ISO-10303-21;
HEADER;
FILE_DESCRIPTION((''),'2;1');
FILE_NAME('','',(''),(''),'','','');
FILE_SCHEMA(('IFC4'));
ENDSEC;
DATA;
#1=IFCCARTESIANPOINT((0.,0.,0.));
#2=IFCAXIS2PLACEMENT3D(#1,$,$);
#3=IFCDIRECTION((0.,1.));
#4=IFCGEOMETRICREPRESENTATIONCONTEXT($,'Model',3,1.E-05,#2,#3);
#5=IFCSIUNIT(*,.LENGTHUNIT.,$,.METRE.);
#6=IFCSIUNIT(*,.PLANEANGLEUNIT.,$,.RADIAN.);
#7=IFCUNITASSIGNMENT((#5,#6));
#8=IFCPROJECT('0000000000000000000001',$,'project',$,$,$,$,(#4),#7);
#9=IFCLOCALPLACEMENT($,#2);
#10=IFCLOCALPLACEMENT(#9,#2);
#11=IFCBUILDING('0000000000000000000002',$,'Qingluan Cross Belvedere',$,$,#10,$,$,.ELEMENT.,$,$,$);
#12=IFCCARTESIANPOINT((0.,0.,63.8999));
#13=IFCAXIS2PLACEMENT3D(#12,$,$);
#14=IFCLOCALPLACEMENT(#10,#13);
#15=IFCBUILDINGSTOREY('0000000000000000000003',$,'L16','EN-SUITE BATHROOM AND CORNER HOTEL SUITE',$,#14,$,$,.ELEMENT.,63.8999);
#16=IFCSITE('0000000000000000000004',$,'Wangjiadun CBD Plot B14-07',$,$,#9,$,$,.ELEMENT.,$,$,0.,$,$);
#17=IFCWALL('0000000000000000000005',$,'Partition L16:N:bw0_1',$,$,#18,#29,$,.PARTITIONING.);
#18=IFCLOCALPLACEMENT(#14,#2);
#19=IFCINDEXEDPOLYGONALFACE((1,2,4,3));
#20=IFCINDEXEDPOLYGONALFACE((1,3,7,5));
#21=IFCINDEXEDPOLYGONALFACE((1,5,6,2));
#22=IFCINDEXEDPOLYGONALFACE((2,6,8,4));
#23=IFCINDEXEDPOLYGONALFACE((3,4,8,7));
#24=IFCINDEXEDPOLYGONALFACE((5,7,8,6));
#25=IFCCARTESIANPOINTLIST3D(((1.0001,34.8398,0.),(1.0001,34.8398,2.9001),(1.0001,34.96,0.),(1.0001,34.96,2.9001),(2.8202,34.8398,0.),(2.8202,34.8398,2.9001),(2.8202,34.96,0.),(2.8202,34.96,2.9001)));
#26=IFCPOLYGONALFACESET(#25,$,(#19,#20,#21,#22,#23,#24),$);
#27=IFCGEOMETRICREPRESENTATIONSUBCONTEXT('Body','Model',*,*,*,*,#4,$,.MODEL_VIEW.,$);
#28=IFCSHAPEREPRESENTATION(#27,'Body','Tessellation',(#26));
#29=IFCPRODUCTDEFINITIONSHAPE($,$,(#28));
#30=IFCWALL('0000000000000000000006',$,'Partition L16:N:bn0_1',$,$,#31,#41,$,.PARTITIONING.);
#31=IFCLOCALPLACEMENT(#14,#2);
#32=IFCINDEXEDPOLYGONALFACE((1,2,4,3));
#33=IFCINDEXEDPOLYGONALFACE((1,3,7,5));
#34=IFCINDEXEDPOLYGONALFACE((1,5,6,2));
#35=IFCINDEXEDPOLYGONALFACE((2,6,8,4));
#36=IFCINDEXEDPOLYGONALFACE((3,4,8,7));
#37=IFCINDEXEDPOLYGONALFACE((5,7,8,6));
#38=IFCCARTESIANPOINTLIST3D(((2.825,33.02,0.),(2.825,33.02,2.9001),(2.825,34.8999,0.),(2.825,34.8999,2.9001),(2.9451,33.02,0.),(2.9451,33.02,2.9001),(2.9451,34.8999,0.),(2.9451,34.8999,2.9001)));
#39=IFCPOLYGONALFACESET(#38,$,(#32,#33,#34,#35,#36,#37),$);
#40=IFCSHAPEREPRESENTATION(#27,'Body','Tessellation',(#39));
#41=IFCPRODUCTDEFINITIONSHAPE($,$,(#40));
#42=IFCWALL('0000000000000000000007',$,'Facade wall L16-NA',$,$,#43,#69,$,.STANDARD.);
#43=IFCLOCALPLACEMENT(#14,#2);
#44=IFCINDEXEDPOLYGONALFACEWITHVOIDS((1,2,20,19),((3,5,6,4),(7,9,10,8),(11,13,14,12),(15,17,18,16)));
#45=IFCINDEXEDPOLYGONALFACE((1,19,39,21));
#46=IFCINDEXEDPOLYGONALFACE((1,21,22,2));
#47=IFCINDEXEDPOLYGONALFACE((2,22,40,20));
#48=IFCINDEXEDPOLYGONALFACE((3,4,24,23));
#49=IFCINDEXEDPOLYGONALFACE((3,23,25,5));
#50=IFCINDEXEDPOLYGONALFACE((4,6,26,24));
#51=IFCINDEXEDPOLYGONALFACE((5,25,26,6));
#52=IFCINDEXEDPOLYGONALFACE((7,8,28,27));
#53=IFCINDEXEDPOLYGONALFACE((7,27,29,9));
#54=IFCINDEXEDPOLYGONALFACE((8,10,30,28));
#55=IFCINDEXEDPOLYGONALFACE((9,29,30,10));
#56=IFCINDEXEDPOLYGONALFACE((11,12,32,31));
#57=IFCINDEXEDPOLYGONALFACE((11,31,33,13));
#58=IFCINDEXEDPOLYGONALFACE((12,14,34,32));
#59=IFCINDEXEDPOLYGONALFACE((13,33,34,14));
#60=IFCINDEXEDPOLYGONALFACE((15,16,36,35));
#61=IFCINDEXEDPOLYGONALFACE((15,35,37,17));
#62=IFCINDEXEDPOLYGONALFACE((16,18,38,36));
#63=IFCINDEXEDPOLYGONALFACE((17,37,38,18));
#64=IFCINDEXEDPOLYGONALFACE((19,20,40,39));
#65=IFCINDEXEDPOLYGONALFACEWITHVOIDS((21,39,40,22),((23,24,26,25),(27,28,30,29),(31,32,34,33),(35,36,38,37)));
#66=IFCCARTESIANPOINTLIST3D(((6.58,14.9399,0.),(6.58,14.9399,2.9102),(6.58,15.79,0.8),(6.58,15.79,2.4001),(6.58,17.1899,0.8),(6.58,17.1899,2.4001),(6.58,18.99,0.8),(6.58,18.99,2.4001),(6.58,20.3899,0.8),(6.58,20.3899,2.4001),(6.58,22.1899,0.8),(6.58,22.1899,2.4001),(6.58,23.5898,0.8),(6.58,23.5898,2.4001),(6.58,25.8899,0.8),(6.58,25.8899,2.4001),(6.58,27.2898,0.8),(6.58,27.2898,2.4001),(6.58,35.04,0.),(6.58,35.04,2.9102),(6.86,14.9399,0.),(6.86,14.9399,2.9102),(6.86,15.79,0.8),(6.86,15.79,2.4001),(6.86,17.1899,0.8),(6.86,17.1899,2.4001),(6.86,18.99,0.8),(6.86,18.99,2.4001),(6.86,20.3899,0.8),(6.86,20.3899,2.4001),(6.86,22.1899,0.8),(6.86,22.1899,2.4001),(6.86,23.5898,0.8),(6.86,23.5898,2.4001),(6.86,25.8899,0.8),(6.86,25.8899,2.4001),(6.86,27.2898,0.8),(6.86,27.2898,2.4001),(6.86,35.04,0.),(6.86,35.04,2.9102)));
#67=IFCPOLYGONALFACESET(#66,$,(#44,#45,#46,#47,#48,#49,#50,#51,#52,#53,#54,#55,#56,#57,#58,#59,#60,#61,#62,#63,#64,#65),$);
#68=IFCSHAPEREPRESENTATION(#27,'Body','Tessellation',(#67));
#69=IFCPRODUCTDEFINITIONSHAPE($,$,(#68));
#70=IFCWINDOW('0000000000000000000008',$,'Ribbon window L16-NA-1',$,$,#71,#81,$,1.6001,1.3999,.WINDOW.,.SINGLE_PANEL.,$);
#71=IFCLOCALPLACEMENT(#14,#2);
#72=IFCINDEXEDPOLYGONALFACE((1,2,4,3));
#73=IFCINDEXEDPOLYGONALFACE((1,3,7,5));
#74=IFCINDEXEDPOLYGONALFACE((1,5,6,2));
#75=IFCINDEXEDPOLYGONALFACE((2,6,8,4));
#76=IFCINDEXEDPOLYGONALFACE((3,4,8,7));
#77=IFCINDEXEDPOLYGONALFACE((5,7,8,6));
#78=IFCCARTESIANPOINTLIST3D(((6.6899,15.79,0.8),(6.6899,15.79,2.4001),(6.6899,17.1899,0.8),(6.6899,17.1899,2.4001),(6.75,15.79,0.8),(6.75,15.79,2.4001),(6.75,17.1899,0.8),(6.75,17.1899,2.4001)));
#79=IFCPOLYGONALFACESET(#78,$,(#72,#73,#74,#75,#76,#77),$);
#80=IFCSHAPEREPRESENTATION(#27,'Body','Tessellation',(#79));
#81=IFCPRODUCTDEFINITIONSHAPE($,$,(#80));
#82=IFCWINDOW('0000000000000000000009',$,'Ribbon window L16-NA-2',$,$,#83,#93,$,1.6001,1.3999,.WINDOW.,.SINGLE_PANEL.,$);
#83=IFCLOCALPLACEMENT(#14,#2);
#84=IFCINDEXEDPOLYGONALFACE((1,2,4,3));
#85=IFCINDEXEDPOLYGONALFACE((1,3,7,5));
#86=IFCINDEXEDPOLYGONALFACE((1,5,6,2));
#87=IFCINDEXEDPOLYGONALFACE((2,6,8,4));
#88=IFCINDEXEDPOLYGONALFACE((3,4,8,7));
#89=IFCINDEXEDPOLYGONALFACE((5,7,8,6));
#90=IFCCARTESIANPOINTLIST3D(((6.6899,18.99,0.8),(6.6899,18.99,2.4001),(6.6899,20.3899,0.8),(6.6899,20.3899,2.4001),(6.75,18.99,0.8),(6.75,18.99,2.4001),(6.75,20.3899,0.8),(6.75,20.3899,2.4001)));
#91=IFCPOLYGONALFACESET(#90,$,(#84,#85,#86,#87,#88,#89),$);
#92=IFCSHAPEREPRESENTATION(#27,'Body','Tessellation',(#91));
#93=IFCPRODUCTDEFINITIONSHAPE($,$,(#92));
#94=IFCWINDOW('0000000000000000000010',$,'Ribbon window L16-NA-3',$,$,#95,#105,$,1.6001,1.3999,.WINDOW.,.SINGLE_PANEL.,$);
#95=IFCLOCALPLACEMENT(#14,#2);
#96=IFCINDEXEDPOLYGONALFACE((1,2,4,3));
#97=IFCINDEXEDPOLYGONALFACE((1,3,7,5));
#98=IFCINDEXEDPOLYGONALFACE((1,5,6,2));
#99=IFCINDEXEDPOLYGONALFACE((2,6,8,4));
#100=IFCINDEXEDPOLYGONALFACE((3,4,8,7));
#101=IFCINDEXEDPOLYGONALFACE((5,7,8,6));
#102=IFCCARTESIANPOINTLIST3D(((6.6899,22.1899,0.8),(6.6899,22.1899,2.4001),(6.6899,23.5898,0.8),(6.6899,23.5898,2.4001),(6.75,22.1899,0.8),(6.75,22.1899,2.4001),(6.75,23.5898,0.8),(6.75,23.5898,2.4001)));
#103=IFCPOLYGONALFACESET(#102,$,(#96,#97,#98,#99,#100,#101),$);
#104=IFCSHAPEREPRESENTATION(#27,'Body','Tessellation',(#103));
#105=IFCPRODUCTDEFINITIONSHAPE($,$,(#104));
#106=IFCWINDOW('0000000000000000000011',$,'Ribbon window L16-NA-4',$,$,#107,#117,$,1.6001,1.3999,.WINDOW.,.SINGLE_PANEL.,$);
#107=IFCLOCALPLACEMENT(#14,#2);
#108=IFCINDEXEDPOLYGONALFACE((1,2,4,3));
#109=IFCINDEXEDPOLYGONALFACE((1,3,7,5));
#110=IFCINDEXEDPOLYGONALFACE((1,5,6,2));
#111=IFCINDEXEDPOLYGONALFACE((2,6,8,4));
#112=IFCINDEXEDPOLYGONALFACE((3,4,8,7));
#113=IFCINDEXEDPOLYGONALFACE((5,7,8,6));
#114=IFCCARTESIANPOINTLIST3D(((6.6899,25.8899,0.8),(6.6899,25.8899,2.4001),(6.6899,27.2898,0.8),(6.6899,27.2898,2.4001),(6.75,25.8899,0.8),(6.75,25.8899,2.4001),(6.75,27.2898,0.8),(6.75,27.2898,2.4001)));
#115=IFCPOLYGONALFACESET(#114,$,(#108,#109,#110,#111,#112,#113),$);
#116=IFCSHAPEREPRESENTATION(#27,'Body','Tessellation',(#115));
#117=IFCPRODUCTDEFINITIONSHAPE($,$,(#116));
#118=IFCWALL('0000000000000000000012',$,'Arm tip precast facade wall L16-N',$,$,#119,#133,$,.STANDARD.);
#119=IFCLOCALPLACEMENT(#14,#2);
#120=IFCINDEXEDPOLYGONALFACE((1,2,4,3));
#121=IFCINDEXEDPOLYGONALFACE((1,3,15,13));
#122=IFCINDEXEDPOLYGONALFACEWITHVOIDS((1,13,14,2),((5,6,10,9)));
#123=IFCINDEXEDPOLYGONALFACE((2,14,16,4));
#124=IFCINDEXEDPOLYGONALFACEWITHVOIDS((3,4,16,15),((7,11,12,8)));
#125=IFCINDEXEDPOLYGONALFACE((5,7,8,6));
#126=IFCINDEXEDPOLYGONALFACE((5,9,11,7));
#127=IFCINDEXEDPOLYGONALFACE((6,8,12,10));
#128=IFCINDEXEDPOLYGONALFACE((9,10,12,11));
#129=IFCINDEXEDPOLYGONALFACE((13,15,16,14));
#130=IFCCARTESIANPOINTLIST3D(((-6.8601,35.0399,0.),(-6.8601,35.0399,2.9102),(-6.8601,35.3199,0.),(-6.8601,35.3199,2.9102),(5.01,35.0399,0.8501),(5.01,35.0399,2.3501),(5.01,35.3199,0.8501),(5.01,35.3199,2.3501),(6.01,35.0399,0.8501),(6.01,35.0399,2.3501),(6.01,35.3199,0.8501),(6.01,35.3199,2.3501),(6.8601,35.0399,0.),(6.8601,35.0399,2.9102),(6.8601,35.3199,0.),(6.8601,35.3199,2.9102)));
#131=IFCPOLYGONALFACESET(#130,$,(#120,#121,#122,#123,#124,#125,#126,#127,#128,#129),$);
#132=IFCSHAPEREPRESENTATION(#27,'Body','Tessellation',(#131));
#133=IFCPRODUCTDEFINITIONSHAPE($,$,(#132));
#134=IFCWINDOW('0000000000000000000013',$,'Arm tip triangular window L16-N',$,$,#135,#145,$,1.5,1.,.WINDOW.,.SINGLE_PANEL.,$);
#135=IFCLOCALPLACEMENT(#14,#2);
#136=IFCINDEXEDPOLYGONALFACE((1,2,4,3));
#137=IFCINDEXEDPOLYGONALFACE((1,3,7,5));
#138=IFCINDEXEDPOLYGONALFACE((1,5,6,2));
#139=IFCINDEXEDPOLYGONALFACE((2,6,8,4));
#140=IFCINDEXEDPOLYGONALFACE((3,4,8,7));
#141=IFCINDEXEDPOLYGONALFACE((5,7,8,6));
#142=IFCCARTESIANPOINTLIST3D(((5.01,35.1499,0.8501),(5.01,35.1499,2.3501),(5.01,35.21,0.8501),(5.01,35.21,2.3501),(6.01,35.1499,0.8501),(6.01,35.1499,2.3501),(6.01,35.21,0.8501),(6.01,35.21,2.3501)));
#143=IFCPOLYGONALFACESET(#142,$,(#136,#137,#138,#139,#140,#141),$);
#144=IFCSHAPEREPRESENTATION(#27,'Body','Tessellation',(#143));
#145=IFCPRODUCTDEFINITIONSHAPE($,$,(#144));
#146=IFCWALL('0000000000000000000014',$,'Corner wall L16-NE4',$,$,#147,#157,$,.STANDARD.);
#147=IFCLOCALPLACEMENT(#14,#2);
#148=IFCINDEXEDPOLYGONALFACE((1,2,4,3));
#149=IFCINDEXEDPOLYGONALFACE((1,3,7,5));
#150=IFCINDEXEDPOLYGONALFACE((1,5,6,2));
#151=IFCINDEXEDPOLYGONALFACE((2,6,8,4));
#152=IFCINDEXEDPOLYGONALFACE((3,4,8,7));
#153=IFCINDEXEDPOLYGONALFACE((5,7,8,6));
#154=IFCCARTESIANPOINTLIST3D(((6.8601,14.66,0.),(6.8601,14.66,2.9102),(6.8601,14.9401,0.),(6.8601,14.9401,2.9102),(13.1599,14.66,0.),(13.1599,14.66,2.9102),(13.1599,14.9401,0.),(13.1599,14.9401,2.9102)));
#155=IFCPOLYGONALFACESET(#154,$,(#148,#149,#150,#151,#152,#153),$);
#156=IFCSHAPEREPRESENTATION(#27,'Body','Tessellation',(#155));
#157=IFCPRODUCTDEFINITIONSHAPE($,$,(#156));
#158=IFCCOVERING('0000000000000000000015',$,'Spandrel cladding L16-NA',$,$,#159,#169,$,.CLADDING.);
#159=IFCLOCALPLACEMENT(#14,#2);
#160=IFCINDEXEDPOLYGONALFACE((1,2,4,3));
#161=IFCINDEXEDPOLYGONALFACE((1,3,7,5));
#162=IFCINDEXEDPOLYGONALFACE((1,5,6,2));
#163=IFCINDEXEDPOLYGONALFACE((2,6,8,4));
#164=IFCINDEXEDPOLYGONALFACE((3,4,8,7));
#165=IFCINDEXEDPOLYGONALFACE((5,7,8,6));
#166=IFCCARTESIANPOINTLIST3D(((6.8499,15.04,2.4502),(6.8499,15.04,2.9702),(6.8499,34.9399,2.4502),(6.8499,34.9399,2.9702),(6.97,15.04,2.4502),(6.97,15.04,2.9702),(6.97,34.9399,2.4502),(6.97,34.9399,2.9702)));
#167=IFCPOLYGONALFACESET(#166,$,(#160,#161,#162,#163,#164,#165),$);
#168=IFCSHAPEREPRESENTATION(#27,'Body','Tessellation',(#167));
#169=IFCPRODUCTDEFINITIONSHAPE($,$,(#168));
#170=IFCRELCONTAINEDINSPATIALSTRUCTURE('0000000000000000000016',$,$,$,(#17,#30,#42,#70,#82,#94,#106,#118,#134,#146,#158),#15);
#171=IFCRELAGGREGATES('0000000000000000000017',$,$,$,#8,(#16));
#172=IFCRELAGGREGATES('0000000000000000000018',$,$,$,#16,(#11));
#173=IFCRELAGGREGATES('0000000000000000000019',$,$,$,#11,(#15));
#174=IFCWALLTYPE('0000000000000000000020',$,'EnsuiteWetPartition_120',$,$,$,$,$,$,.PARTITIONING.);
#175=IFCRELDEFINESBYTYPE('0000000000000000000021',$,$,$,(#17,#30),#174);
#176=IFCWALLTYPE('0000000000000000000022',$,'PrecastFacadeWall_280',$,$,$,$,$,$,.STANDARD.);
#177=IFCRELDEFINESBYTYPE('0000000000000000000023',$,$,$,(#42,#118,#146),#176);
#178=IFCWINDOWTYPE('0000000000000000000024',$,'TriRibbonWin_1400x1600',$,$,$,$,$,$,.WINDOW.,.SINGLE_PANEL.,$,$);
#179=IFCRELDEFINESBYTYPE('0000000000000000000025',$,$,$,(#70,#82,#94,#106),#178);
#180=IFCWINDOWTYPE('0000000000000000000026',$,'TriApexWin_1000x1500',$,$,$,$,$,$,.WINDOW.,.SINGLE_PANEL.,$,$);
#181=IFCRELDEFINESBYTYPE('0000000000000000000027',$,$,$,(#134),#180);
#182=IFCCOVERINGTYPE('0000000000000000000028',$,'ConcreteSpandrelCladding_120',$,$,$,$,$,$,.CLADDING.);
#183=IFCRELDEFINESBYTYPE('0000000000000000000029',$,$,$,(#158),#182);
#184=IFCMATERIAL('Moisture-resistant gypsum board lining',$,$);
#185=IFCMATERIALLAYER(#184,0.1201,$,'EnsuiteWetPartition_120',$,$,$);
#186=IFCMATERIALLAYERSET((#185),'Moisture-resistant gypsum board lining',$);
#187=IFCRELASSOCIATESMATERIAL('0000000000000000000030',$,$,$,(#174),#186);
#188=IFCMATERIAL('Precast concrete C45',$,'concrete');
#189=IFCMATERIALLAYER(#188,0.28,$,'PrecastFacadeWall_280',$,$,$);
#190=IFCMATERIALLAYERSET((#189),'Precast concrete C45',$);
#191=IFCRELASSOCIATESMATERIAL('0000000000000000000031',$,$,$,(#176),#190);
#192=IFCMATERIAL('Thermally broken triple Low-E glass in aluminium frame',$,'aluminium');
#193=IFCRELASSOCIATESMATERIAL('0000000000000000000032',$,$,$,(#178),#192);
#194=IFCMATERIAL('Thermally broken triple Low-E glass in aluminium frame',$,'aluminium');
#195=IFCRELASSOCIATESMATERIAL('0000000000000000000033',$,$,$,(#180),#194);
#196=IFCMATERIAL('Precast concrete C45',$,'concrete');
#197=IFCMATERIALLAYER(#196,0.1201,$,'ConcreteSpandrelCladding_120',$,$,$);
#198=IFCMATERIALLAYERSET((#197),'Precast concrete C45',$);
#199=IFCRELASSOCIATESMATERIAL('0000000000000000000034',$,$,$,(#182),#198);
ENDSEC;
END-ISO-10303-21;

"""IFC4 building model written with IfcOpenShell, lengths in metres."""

from ifc_helpers import new_model, si_unit, direction, frame, frame_2d, origin, origin_2d, place, context, subcontext, project, spatial, rectangle, extrude, material, layer, layer_set, type_object, element, fill, save


model = new_model("IFC4")

# Units and contexts
model_context = context("Model", 3, precision=1e-05, world=origin(), true_north=direction((0.0, 1.0)))
body_context = subcontext(model_context, "Body", "Model", "MODEL_VIEW")
ifc_project = project(units=[si_unit("LENGTHUNIT", "METRE"), si_unit("PLANEANGLEUNIT", "RADIAN")], contexts=[model_context])

# Site, building, storey
site_placement = place(None, origin())
site = spatial("IfcSite", under=ifc_project, at=site_placement, Name="Wangjiadun CBD Plot B14-07", CompositionType="ELEMENT", RefElevation=0.0)
building_placement = place(site_placement, origin())
building = spatial("IfcBuilding", under=site, at=building_placement, Name="Qingluan Cross Belvedere", CompositionType="ELEMENT")
storey_placement = place(building_placement, frame((0.0, 0.0, 63.8999)))
storey = spatial("IfcBuildingStorey", under=building, at=storey_placement, Name="L16", Description="EN-SUITE BATHROOM AND CORNER HOTEL SUITE", CompositionType="ELEMENT", Elevation=63.8999)

# Shared definitions
ifc_material_1 = material(Name="Moisture-resistant gypsum board lining")
ifc_layer_1 = layer(ifc_material_1, 0.1201, Name="EnsuiteWetPartition_120")
ifc_layer_set_1 = layer_set([ifc_layer_1], Name="Moisture-resistant gypsum board lining")
wall_type_1 = type_object("IfcWallType", Name="EnsuiteWetPartition_120", PredefinedType="PARTITIONING", material=ifc_layer_set_1)

# Walls
wall_1_placement = place(storey_placement, frame((1.0, 34.8999, 0.0), z_axis=(0.0, 0.0, 1.0), x_axis=(1.0, 0.0, 0.0)))
element("IfcWall", 1, at=wall_1_placement, inside=storey, type_object=wall_type_1, Name="Partition L16:N:bw0_1", PredefinedType="PARTITIONING", context=body_context, shape_type="SweptSolid", body=[
    extrude(rectangle(XDim=1.8201, YDim=0.1201, at=frame_2d((0.9102, 0.0))), origin(), (0.0, 0.0, 1.0), 2.9001),
])
wall_2_placement = place(storey_placement, frame((2.885, 33.02, 0.0), z_axis=(0.0, 0.0, 1.0), x_axis=(0.0, 1.0, 0.0)))
element("IfcWall", 2, at=wall_2_placement, inside=storey, type_object=wall_type_1, Name="Partition L16:N:bn0_1", PredefinedType="PARTITIONING", context=body_context, shape_type="SweptSolid", body=[
    extrude(rectangle(XDim=1.8799, YDim=0.1201, at=frame_2d((0.9399, 0.0))), origin(), (0.0, 0.0, 1.0), 2.9001),
])

# Wall, openings, windows
ifc_material_2 = material(Name="Precast concrete C45", Category="concrete")
ifc_layer_2 = layer(ifc_material_2, 0.28, Name="PrecastFacadeWall_280")
ifc_layer_set_2 = layer_set([ifc_layer_2], Name="Precast concrete C45")
wall_type_2 = type_object("IfcWallType", Name="PrecastFacadeWall_280", PredefinedType="STANDARD", material=ifc_layer_set_2)
wall_3_placement = place(storey_placement, frame((6.72, 14.9399, 0.0), z_axis=(0.0, 0.0, 1.0), x_axis=(0.0, 1.0, 0.0)))
wall_3 = element("IfcWall", 3, at=wall_3_placement, inside=storey, type_object=wall_type_2, Name="Facade wall L16-NA", PredefinedType="STANDARD", context=body_context, shape_type="SweptSolid", body=[
    extrude(rectangle(XDim=20.1001, YDim=0.28, at=frame_2d((10.05, 0.0))), origin(), (0.0, 0.0, 1.0), 2.9102),
])
opening_1_placement = place(wall_3_placement, frame((0.8501, 0.0, 0.8)))
opening_1 = element("IfcOpeningElement", 4, at=opening_1_placement, cuts=wall_3, PredefinedType="OPENING", context=body_context, shape_type="SweptSolid", body=[
    extrude(rectangle(XDim=1.3999, YDim=1.6001, at=frame_2d((0.7, 0.8))), frame((0.0, 0.1499, 0.0), z_axis=(0.0, -1.0, 0.0), x_axis=(1.0, 0.0, 0.0)), (0.0, 0.0, 1.0), 0.3),
])
opening_2_placement = place(wall_3_placement, frame((4.05, 0.0, 0.8)))
opening_2 = element("IfcOpeningElement", 5, at=opening_2_placement, cuts=wall_3, PredefinedType="OPENING", context=body_context, shape_type="SweptSolid", body=[
    extrude(rectangle(XDim=1.3999, YDim=1.6001, at=frame_2d((0.7, 0.8))), frame((0.0, 0.1499, 0.0), z_axis=(0.0, -1.0, 0.0), x_axis=(1.0, 0.0, 0.0)), (0.0, 0.0, 1.0), 0.3),
])
opening_3_placement = place(wall_3_placement, frame((7.25, 0.0, 0.8)))
opening_3 = element("IfcOpeningElement", 6, at=opening_3_placement, cuts=wall_3, PredefinedType="OPENING", context=body_context, shape_type="SweptSolid", body=[
    extrude(rectangle(XDim=1.3999, YDim=1.6001, at=frame_2d((0.7, 0.8))), frame((0.0, 0.1499, 0.0), z_axis=(0.0, -1.0, 0.0), x_axis=(1.0, 0.0, 0.0)), (0.0, 0.0, 1.0), 0.3),
])
opening_4_placement = place(wall_3_placement, frame((10.95, 0.0, 0.8)))
opening_4 = element("IfcOpeningElement", 7, at=opening_4_placement, cuts=wall_3, PredefinedType="OPENING", context=body_context, shape_type="SweptSolid", body=[
    extrude(rectangle(XDim=1.3999, YDim=1.6001, at=frame_2d((0.7, 0.8))), frame((0.0, 0.1499, 0.0), z_axis=(0.0, -1.0, 0.0), x_axis=(1.0, 0.0, 0.0)), (0.0, 0.0, 1.0), 0.3),
])
ifc_material_3 = material(Name="Thermally broken triple Low-E glass in aluminium frame", Category="aluminium")
window_type_1 = type_object("IfcWindowType", Name="TriRibbonWin_1400x1600", PartitioningType="SINGLE_PANEL", PredefinedType="WINDOW", material=ifc_material_3)
window_1_placement = place(opening_1_placement, origin())
window_1 = element("IfcWindow", 8, at=window_1_placement, inside=storey, type_object=window_type_1, Name="Ribbon window L16-NA-1", OverallHeight=1.6001, OverallWidth=1.3999, PartitioningType="SINGLE_PANEL", PredefinedType="WINDOW", context=body_context, shape_type="SweptSolid", body=[
    extrude(rectangle(XDim=1.3999, YDim=1.6001, at=frame_2d((0.7, 0.8))), frame((0.0, 0.03, 0.0), z_axis=(0.0, -1.0, 0.0), x_axis=(1.0, 0.0, 0.0)), (0.0, 0.0, 1.0), 0.0601),
])
fill(opening_1, window_1)
window_2_placement = place(opening_2_placement, origin())
window_2 = element("IfcWindow", 9, at=window_2_placement, inside=storey, type_object=window_type_1, Name="Ribbon window L16-NA-2", OverallHeight=1.6001, OverallWidth=1.3999, PartitioningType="SINGLE_PANEL", PredefinedType="WINDOW", context=body_context, shape_type="SweptSolid", body=[
    extrude(rectangle(XDim=1.3999, YDim=1.6001, at=frame_2d((0.7, 0.8))), frame((0.0, 0.03, 0.0), z_axis=(0.0, -1.0, 0.0), x_axis=(1.0, 0.0, 0.0)), (0.0, 0.0, 1.0), 0.0601),
])
fill(opening_2, window_2)
window_3_placement = place(opening_3_placement, origin())
window_3 = element("IfcWindow", 10, at=window_3_placement, inside=storey, type_object=window_type_1, Name="Ribbon window L16-NA-3", OverallHeight=1.6001, OverallWidth=1.3999, PartitioningType="SINGLE_PANEL", PredefinedType="WINDOW", context=body_context, shape_type="SweptSolid", body=[
    extrude(rectangle(XDim=1.3999, YDim=1.6001, at=frame_2d((0.7, 0.8))), frame((0.0, 0.03, 0.0), z_axis=(0.0, -1.0, 0.0), x_axis=(1.0, 0.0, 0.0)), (0.0, 0.0, 1.0), 0.0601),
])
fill(opening_3, window_3)
window_4_placement = place(opening_4_placement, origin())
window_4 = element("IfcWindow", 11, at=window_4_placement, inside=storey, type_object=window_type_1, Name="Ribbon window L16-NA-4", OverallHeight=1.6001, OverallWidth=1.3999, PartitioningType="SINGLE_PANEL", PredefinedType="WINDOW", context=body_context, shape_type="SweptSolid", body=[
    extrude(rectangle(XDim=1.3999, YDim=1.6001, at=frame_2d((0.7, 0.8))), frame((0.0, 0.03, 0.0), z_axis=(0.0, -1.0, 0.0), x_axis=(1.0, 0.0, 0.0)), (0.0, 0.0, 1.0), 0.0601),
])
fill(opening_4, window_4)

# Wall, opening, window
wall_4_placement = place(storey_placement, frame((6.8601, 35.1799, 0.0), z_axis=(0.0, 0.0, 1.0), x_axis=(-1.0, 0.0, 0.0)))
wall_4 = element("IfcWall", 12, at=wall_4_placement, inside=storey, type_object=wall_type_2, Name="Arm tip precast facade wall L16-N", PredefinedType="STANDARD", context=body_context, shape_type="SweptSolid", body=[
    extrude(rectangle(XDim=13.7202, YDim=0.28, at=frame_2d((6.8601, 0.0))), origin(), (0.0, 0.0, 1.0), 2.9102),
])
opening_5_placement = place(wall_4_placement, frame((0.8501, 0.0, 0.8501)))
opening_5 = element("IfcOpeningElement", 13, at=opening_5_placement, cuts=wall_4, PredefinedType="OPENING", context=body_context, shape_type="SweptSolid", body=[
    extrude(rectangle(XDim=1.0, YDim=1.5, at=frame_2d((0.5, 0.75))), frame((0.0, 0.1499, 0.0), z_axis=(0.0, -1.0, 0.0), x_axis=(1.0, 0.0, 0.0)), (0.0, 0.0, 1.0), 0.3),
])
ifc_material_4 = material(Name="Thermally broken triple Low-E glass in aluminium frame", Category="aluminium")
window_type_2 = type_object("IfcWindowType", Name="TriApexWin_1000x1500", PartitioningType="SINGLE_PANEL", PredefinedType="WINDOW", material=ifc_material_4)
window_5_placement = place(opening_5_placement, origin())
window_5 = element("IfcWindow", 14, at=window_5_placement, inside=storey, type_object=window_type_2, Name="Arm tip triangular window L16-N", OverallHeight=1.5, OverallWidth=1.0, PartitioningType="SINGLE_PANEL", PredefinedType="WINDOW", context=body_context, shape_type="SweptSolid", body=[
    extrude(rectangle(XDim=1.0, YDim=1.5, at=frame_2d((0.5, 0.75))), frame((0.0, 0.03, 0.0), z_axis=(0.0, -1.0, 0.0), x_axis=(1.0, 0.0, 0.0)), (0.0, 0.0, 1.0), 0.0601),
])
fill(opening_5, window_5)

# Wall
wall_5_placement = place(storey_placement, frame((13.1599, 14.8, 0.0), z_axis=(0.0, 0.0, 1.0), x_axis=(-1.0, 0.0, 0.0)))
element("IfcWall", 15, at=wall_5_placement, inside=storey, type_object=wall_type_2, Name="Corner wall L16-NE4", PredefinedType="STANDARD", context=body_context, shape_type="SweptSolid", body=[
    extrude(rectangle(XDim=6.2998, YDim=0.28, at=frame_2d((3.1499, 0.0))), origin(), (0.0, 0.0, 1.0), 2.9102),
])

# Covering
ifc_material_5 = material(Name="Precast concrete C45", Category="concrete")
ifc_layer_3 = layer(ifc_material_5, 0.1201, Name="ConcreteSpandrelCladding_120")
ifc_layer_set_3 = layer_set([ifc_layer_3], Name="Precast concrete C45")
covering_type = type_object("IfcCoveringType", Name="ConcreteSpandrelCladding_120", PredefinedType="CLADDING", material=ifc_layer_set_3)
covering_placement = place(storey_placement, frame((6.9099, 24.99, 2.4502), z_axis=(0.0, 0.0, 1.0), x_axis=(0.0, 1.0, 0.0)))
element("IfcCovering", 16, at=covering_placement, inside=storey, type_object=covering_type, Name="Spandrel cladding L16-NA", PredefinedType="CLADDING", context=body_context, shape_type="SweptSolid", body=[
    extrude(rectangle(XDim=19.8999, YDim=0.1201, at=origin_2d()), origin(), (0.0, 0.0, 1.0), 0.52),
])

save(model, "model.ifc")
